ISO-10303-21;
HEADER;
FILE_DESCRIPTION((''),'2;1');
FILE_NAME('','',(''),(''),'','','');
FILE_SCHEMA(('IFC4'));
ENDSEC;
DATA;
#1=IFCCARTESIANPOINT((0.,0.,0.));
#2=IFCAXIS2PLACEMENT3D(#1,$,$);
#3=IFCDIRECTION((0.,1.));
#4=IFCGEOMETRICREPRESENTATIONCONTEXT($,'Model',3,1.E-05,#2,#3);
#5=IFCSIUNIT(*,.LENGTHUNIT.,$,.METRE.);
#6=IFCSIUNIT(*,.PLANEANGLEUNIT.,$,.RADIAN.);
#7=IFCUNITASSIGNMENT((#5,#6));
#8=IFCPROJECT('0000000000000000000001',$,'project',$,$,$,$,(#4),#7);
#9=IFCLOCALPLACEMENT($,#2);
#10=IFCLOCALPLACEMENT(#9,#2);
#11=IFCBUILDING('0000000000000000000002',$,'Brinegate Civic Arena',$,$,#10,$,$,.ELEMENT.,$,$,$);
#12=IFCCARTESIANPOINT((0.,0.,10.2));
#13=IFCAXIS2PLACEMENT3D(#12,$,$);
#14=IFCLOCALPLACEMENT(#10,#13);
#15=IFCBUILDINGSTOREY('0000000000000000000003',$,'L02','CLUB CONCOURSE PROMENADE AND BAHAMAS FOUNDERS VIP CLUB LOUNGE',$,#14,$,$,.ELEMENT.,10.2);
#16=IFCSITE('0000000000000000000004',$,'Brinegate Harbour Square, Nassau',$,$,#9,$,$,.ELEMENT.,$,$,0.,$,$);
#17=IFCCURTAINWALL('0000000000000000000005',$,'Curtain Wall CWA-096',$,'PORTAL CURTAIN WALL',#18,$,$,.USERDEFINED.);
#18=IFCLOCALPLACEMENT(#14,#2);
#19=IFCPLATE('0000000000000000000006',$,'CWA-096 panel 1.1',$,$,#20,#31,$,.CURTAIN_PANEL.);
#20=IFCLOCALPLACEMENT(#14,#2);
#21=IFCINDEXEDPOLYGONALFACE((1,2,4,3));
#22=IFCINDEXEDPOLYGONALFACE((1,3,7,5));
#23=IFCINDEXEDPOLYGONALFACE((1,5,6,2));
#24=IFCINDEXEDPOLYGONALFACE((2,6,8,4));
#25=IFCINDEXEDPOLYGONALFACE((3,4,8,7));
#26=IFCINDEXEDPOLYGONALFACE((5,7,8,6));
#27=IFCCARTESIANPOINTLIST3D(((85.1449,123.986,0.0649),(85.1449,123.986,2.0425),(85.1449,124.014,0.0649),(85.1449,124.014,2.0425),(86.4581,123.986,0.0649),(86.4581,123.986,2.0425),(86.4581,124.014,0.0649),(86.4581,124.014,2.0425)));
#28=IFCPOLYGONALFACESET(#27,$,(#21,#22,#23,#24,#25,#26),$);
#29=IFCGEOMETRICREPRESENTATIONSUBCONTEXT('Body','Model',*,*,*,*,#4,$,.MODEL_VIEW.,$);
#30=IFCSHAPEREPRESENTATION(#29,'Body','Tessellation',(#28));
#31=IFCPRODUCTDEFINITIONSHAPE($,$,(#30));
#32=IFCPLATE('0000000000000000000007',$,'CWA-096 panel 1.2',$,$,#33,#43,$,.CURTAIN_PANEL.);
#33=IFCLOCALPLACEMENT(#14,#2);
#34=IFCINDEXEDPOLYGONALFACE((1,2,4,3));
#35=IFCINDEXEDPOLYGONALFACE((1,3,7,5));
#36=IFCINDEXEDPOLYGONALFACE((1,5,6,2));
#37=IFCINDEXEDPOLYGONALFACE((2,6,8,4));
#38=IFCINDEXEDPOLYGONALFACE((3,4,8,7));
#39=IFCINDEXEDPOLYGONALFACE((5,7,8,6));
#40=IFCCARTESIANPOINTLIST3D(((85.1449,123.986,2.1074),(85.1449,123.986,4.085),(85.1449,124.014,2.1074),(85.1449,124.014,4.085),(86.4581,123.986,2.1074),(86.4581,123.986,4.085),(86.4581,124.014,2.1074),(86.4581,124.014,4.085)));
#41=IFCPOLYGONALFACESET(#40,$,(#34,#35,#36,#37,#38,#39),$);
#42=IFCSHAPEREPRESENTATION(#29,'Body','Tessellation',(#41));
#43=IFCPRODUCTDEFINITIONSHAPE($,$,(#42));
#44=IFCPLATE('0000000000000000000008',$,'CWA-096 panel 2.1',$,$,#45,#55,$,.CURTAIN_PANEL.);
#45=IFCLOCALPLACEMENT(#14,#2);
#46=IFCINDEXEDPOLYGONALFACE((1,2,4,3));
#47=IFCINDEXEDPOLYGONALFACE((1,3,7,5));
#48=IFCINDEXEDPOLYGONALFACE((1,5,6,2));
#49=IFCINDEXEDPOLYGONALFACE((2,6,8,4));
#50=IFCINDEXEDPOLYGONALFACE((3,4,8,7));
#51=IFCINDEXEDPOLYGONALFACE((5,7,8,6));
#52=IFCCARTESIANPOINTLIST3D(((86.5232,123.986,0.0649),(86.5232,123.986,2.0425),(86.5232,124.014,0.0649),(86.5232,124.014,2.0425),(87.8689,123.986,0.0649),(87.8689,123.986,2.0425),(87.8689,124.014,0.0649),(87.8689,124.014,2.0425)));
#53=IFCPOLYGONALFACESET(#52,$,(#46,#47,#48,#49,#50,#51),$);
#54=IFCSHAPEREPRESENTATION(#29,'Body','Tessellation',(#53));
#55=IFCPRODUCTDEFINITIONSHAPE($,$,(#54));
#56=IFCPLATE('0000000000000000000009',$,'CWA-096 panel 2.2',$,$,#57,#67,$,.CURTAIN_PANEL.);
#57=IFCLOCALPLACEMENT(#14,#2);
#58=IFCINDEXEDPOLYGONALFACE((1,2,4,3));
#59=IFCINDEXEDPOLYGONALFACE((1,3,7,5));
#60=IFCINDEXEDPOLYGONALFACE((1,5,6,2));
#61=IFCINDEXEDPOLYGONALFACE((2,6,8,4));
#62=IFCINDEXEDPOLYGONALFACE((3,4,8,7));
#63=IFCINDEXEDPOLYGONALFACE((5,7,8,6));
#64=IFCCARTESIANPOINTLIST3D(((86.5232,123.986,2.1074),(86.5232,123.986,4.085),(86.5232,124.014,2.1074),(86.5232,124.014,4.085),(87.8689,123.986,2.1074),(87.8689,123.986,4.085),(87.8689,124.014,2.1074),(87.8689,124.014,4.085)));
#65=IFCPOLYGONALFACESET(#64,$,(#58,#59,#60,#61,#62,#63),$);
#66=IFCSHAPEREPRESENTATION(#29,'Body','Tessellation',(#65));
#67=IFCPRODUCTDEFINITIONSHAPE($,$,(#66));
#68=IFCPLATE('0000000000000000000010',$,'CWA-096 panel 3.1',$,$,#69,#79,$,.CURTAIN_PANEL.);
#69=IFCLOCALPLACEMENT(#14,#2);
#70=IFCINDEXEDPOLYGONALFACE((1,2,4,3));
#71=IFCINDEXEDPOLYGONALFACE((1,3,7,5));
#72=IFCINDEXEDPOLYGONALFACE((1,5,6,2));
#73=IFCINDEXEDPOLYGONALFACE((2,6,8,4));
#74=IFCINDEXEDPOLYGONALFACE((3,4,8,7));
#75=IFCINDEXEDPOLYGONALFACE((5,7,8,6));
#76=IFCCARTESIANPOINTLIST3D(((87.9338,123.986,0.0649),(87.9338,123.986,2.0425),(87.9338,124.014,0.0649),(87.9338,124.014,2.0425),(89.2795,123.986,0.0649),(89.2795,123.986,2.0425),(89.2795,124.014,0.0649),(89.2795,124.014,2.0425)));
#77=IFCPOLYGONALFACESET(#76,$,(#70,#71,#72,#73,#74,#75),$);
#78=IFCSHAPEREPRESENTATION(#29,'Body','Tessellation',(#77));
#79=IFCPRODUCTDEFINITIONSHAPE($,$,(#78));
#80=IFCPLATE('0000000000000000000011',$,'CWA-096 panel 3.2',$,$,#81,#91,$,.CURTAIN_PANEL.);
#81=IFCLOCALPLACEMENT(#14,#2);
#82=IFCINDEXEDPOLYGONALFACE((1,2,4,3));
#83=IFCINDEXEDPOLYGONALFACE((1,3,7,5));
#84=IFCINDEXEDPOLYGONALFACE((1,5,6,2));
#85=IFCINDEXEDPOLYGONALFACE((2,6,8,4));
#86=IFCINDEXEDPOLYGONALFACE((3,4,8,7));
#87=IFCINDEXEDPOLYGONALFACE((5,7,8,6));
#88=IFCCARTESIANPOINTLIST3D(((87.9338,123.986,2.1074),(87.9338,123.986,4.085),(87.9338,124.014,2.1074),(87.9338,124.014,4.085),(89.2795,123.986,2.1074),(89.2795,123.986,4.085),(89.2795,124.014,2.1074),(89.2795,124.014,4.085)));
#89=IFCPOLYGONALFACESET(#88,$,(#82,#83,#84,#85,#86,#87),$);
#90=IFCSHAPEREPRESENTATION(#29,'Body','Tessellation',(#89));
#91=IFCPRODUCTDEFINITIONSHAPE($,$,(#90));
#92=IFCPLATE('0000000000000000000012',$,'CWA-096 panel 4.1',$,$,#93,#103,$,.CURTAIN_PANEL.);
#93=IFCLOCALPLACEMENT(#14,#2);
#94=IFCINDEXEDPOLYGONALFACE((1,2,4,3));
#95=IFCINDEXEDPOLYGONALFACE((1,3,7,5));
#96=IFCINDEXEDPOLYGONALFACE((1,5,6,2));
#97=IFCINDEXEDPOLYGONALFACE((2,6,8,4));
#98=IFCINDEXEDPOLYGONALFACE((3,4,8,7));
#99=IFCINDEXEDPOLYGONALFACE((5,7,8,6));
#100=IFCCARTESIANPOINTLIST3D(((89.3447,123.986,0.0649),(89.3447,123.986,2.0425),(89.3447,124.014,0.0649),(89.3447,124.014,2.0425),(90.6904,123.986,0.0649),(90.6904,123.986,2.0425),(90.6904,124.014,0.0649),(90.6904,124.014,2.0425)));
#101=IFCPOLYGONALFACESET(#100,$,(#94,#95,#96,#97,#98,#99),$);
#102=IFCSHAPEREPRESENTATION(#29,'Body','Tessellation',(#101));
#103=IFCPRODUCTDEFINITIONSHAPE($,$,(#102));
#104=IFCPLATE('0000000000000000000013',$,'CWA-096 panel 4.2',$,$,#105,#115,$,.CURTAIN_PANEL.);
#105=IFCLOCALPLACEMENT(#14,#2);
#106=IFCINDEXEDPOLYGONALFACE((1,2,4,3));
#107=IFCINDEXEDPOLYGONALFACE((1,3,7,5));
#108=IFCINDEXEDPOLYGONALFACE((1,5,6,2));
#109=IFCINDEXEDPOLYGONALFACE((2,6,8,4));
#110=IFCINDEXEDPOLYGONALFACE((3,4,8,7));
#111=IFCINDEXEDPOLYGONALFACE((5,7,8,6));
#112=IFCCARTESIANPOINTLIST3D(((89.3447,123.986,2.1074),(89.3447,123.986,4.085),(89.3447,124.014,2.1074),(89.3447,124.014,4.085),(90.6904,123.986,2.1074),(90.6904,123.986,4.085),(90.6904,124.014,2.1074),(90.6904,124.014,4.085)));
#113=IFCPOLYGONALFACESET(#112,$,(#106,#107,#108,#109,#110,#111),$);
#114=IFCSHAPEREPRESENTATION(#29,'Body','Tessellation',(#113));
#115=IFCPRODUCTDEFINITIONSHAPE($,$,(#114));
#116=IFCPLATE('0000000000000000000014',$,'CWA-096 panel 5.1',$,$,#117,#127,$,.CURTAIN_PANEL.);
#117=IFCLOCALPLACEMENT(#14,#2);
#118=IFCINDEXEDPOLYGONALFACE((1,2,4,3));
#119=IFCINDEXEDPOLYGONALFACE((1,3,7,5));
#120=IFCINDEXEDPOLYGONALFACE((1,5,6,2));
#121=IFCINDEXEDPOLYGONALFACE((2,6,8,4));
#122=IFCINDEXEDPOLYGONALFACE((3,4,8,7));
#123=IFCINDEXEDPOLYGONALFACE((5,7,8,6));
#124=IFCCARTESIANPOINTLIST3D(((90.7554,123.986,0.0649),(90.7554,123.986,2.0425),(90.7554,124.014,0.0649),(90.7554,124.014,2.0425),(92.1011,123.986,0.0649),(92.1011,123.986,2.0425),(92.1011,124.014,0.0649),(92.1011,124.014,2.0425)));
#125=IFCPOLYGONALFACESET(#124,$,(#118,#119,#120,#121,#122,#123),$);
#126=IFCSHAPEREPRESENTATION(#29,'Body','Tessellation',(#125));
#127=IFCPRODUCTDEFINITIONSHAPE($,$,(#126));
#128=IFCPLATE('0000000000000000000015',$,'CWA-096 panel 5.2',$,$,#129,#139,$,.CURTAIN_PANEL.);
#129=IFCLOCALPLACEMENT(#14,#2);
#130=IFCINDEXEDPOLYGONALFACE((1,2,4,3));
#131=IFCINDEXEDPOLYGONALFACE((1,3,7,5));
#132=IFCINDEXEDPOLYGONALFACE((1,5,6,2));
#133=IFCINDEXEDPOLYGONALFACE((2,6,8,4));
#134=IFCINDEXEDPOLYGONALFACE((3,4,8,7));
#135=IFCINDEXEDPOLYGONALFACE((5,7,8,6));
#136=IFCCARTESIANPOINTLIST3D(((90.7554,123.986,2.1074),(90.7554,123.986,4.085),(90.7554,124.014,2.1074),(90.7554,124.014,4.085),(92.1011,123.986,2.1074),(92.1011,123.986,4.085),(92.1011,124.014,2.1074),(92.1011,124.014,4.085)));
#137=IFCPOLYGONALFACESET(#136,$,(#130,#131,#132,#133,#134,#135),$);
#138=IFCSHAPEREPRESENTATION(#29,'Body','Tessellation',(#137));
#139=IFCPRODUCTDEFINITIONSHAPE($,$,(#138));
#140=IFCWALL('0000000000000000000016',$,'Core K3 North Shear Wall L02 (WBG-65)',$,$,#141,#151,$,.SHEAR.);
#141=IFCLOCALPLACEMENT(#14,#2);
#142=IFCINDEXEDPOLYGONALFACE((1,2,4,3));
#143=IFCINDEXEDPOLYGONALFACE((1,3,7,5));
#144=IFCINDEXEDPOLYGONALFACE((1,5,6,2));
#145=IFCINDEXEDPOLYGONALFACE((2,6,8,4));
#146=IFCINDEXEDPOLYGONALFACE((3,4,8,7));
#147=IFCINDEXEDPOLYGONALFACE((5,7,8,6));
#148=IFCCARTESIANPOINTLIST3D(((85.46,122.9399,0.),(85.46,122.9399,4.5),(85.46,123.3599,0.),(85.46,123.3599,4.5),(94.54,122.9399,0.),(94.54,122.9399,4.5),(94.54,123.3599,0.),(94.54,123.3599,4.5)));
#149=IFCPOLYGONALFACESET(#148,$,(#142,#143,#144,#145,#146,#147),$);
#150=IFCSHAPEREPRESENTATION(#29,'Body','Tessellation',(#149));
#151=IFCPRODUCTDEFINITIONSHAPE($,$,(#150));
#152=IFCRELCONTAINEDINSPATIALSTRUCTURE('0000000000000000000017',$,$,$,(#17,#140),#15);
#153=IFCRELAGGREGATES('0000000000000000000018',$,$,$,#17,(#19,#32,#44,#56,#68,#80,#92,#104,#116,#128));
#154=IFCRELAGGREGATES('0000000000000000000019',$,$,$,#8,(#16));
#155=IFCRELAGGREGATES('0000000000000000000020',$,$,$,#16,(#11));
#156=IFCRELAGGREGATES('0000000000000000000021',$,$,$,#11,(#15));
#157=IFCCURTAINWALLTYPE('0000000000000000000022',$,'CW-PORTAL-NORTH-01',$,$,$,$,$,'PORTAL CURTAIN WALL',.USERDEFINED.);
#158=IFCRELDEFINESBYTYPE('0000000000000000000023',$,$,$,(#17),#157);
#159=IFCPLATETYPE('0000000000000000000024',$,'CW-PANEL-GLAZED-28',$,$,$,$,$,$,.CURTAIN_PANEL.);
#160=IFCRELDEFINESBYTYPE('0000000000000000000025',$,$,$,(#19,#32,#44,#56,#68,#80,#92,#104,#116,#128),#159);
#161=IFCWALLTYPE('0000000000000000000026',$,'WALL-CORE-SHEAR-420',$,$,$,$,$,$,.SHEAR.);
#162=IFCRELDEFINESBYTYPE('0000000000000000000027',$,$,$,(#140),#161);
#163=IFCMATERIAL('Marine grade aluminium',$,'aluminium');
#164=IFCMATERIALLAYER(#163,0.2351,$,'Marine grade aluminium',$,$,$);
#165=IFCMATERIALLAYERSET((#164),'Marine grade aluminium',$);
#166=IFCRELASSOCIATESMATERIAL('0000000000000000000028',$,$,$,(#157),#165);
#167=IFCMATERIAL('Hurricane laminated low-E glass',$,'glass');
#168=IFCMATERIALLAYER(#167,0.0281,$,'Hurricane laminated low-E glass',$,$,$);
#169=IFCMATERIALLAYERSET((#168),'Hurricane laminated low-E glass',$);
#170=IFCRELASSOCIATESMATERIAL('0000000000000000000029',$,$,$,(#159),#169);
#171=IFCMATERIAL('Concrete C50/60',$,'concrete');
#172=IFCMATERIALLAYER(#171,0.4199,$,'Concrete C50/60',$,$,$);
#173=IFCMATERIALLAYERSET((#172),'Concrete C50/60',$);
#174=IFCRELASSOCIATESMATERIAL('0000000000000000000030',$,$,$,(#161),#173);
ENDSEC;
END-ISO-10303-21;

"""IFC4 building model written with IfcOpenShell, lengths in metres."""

from ifc_helpers import new_model, si_unit, direction, frame, frame_2d, origin, origin_2d, place, context, subcontext, project, spatial, rectangle, extrude, material, layer, layer_set, type_object, element, aggregate, save


model = new_model("IFC4")

# Units and contexts
model_context = context("Model", 3, precision=1e-05, world=origin(), true_north=direction((0.0, 1.0)))
body_context = subcontext(model_context, "Body", "Model", "MODEL_VIEW")
ifc_project = project(units=[si_unit("LENGTHUNIT", "METRE"), si_unit("PLANEANGLEUNIT", "RADIAN")], contexts=[model_context])

# Site, building, storey
site_placement = place(None, origin())
site = spatial("IfcSite", under=ifc_project, at=site_placement, Name="Brinegate Harbour Square, Nassau", CompositionType="ELEMENT", RefElevation=0.0)
building_placement = place(site_placement, origin())
building = spatial("IfcBuilding", under=site, at=building_placement, Name="Brinegate Civic Arena", CompositionType="ELEMENT")
storey_placement = place(building_placement, frame((0.0, 0.0, 10.2)))
storey = spatial("IfcBuildingStorey", under=building, at=storey_placement, Name="L02", Description="CLUB CONCOURSE PROMENADE AND BAHAMAS FOUNDERS VIP CLUB LOUNGE", CompositionType="ELEMENT", Elevation=10.2)

# Shared definitions
ifc_material_1 = material(Name="Concrete C50/60", Category="concrete")

# Curtain wall
ifc_material_2 = material(Name="Marine grade aluminium", Category="aluminium")
ifc_layer_1 = layer(ifc_material_2, 0.2351, Name="Marine grade aluminium")
ifc_layer_set_1 = layer_set([ifc_layer_1], Name="Marine grade aluminium")
curtain_wall_type = type_object("IfcCurtainWallType", Name="CW-PORTAL-NORTH-01", ElementType="PORTAL CURTAIN WALL", PredefinedType="USERDEFINED", material=ifc_layer_set_1)
curtain_wall_placement = place(storey_placement, origin())
curtain_wall = element("IfcCurtainWall", 1, at=curtain_wall_placement, inside=storey, type_object=curtain_wall_type, Name="Curtain Wall CWA-096", ObjectType="PORTAL CURTAIN WALL", PredefinedType="USERDEFINED")

# Plates
ifc_material_3 = material(Name="Hurricane laminated low-E glass", Category="glass")
ifc_layer_2 = layer(ifc_material_3, 0.0281, Name="Hurricane laminated low-E glass")
ifc_layer_set_2 = layer_set([ifc_layer_2], Name="Hurricane laminated low-E glass")
plate_type = type_object("IfcPlateType", Name="CW-PANEL-GLAZED-28", PredefinedType="CURTAIN_PANEL", material=ifc_layer_set_2)
plate_1_placement = place(storey_placement, frame((85.8015, 124.0, 0.0649), z_axis=(0.0, 0.0, 1.0), x_axis=(1.0, 0.0, 0.0)))
plate_1 = element("IfcPlate", 2, at=plate_1_placement, type_object=plate_type, Name="CWA-096 panel 1.1", PredefinedType="CURTAIN_PANEL", context=body_context, shape_type="SweptSolid", body=[
    extrude(rectangle(XDim=1.3132, YDim=0.0281, at=origin_2d()), origin(), (0.0, 0.0, 1.0), 1.9775),
])
plate_2_placement = place(storey_placement, frame((85.8015, 124.0, 2.1074), z_axis=(0.0, 0.0, 1.0), x_axis=(1.0, 0.0, 0.0)))
plate_2 = element("IfcPlate", 3, at=plate_2_placement, type_object=plate_type, Name="CWA-096 panel 1.2", PredefinedType="CURTAIN_PANEL", context=body_context, shape_type="SweptSolid", body=[
    extrude(rectangle(XDim=1.3132, YDim=0.0281, at=origin_2d()), origin(), (0.0, 0.0, 1.0), 1.9775),
])
plate_3_placement = place(storey_placement, frame((87.196, 124.0, 0.0649), z_axis=(0.0, 0.0, 1.0), x_axis=(1.0, 0.0, 0.0)))
plate_3 = element("IfcPlate", 4, at=plate_3_placement, type_object=plate_type, Name="CWA-096 panel 2.1", PredefinedType="CURTAIN_PANEL", context=body_context, shape_type="SweptSolid", body=[
    extrude(rectangle(XDim=1.3457, YDim=0.0281, at=origin_2d()), origin(), (0.0, 0.0, 1.0), 1.9775),
])
plate_4_placement = place(storey_placement, frame((87.196, 124.0, 2.1074), z_axis=(0.0, 0.0, 1.0), x_axis=(1.0, 0.0, 0.0)))
plate_4 = element("IfcPlate", 5, at=plate_4_placement, type_object=plate_type, Name="CWA-096 panel 2.2", PredefinedType="CURTAIN_PANEL", context=body_context, shape_type="SweptSolid", body=[
    extrude(rectangle(XDim=1.3457, YDim=0.0281, at=origin_2d()), origin(), (0.0, 0.0, 1.0), 1.9775),
])
plate_5_placement = place(storey_placement, frame((88.6067, 124.0, 0.0649), z_axis=(0.0, 0.0, 1.0), x_axis=(1.0, 0.0, 0.0)))
plate_5 = element("IfcPlate", 6, at=plate_5_placement, type_object=plate_type, Name="CWA-096 panel 3.1", PredefinedType="CURTAIN_PANEL", context=body_context, shape_type="SweptSolid", body=[
    extrude(rectangle(XDim=1.3457, YDim=0.0281, at=origin_2d()), origin(), (0.0, 0.0, 1.0), 1.9775),
])
plate_6_placement = place(storey_placement, frame((88.6067, 124.0, 2.1074), z_axis=(0.0, 0.0, 1.0), x_axis=(1.0, 0.0, 0.0)))
plate_6 = element("IfcPlate", 7, at=plate_6_placement, type_object=plate_type, Name="CWA-096 panel 3.2", PredefinedType="CURTAIN_PANEL", context=body_context, shape_type="SweptSolid", body=[
    extrude(rectangle(XDim=1.3457, YDim=0.0281, at=origin_2d()), origin(), (0.0, 0.0, 1.0), 1.9775),
])
plate_7_placement = place(storey_placement, frame((90.0176, 124.0, 0.0649), z_axis=(0.0, 0.0, 1.0), x_axis=(1.0, 0.0, 0.0)))
plate_7 = element("IfcPlate", 8, at=plate_7_placement, type_object=plate_type, Name="CWA-096 panel 4.1", PredefinedType="CURTAIN_PANEL", context=body_context, shape_type="SweptSolid", body=[
    extrude(rectangle(XDim=1.3457, YDim=0.0281, at=origin_2d()), origin(), (0.0, 0.0, 1.0), 1.9775),
])
plate_8_placement = place(storey_placement, frame((90.0176, 124.0, 2.1074), z_axis=(0.0, 0.0, 1.0), x_axis=(1.0, 0.0, 0.0)))
plate_8 = element("IfcPlate", 9, at=plate_8_placement, type_object=plate_type, Name="CWA-096 panel 4.2", PredefinedType="CURTAIN_PANEL", context=body_context, shape_type="SweptSolid", body=[
    extrude(rectangle(XDim=1.3457, YDim=0.0281, at=origin_2d()), origin(), (0.0, 0.0, 1.0), 1.9775),
])
plate_9_placement = place(storey_placement, frame((91.4282, 124.0, 0.0649), z_axis=(0.0, 0.0, 1.0), x_axis=(1.0, 0.0, 0.0)))
plate_9 = element("IfcPlate", 10, at=plate_9_placement, type_object=plate_type, Name="CWA-096 panel 5.1", PredefinedType="CURTAIN_PANEL", context=body_context, shape_type="SweptSolid", body=[
    extrude(rectangle(XDim=1.3457, YDim=0.0281, at=origin_2d()), origin(), (0.0, 0.0, 1.0), 1.9775),
])
plate_10_placement = place(storey_placement, frame((91.4282, 124.0, 2.1074), z_axis=(0.0, 0.0, 1.0), x_axis=(1.0, 0.0, 0.0)))
plate_10 = element("IfcPlate", 11, at=plate_10_placement, type_object=plate_type, Name="CWA-096 panel 5.2", PredefinedType="CURTAIN_PANEL", context=body_context, shape_type="SweptSolid", body=[
    extrude(rectangle(XDim=1.3457, YDim=0.0281, at=origin_2d()), origin(), (0.0, 0.0, 1.0), 1.9775),
])
aggregate(curtain_wall, [plate_1, plate_2, plate_3, plate_4, plate_5, plate_6, plate_7, plate_8, plate_9, plate_10])

# Wall
ifc_layer_3 = layer(ifc_material_1, 0.4199, Name="Concrete C50/60")
ifc_layer_set_3 = layer_set([ifc_layer_3], Name="Concrete C50/60")
wall_type = type_object("IfcWallType", Name="WALL-CORE-SHEAR-420", PredefinedType="SHEAR", material=ifc_layer_set_3)
wall_placement = place(storey_placement, frame((85.46, 123.1499, 0.0), z_axis=(0.0, 0.0, 1.0), x_axis=(1.0, 0.0, 0.0)))
element("IfcWall", 12, at=wall_placement, inside=storey, type_object=wall_type, Name="Core K3 North Shear Wall L02 (WBG-65)", PredefinedType="SHEAR", context=body_context, shape_type="SweptSolid", body=[
    extrude(rectangle(XDim=9.0801, YDim=0.4199, at=frame_2d((4.54, 0.0))), origin(), (0.0, 0.0, 1.0), 4.5),
])

save(model, "model.ifc")
